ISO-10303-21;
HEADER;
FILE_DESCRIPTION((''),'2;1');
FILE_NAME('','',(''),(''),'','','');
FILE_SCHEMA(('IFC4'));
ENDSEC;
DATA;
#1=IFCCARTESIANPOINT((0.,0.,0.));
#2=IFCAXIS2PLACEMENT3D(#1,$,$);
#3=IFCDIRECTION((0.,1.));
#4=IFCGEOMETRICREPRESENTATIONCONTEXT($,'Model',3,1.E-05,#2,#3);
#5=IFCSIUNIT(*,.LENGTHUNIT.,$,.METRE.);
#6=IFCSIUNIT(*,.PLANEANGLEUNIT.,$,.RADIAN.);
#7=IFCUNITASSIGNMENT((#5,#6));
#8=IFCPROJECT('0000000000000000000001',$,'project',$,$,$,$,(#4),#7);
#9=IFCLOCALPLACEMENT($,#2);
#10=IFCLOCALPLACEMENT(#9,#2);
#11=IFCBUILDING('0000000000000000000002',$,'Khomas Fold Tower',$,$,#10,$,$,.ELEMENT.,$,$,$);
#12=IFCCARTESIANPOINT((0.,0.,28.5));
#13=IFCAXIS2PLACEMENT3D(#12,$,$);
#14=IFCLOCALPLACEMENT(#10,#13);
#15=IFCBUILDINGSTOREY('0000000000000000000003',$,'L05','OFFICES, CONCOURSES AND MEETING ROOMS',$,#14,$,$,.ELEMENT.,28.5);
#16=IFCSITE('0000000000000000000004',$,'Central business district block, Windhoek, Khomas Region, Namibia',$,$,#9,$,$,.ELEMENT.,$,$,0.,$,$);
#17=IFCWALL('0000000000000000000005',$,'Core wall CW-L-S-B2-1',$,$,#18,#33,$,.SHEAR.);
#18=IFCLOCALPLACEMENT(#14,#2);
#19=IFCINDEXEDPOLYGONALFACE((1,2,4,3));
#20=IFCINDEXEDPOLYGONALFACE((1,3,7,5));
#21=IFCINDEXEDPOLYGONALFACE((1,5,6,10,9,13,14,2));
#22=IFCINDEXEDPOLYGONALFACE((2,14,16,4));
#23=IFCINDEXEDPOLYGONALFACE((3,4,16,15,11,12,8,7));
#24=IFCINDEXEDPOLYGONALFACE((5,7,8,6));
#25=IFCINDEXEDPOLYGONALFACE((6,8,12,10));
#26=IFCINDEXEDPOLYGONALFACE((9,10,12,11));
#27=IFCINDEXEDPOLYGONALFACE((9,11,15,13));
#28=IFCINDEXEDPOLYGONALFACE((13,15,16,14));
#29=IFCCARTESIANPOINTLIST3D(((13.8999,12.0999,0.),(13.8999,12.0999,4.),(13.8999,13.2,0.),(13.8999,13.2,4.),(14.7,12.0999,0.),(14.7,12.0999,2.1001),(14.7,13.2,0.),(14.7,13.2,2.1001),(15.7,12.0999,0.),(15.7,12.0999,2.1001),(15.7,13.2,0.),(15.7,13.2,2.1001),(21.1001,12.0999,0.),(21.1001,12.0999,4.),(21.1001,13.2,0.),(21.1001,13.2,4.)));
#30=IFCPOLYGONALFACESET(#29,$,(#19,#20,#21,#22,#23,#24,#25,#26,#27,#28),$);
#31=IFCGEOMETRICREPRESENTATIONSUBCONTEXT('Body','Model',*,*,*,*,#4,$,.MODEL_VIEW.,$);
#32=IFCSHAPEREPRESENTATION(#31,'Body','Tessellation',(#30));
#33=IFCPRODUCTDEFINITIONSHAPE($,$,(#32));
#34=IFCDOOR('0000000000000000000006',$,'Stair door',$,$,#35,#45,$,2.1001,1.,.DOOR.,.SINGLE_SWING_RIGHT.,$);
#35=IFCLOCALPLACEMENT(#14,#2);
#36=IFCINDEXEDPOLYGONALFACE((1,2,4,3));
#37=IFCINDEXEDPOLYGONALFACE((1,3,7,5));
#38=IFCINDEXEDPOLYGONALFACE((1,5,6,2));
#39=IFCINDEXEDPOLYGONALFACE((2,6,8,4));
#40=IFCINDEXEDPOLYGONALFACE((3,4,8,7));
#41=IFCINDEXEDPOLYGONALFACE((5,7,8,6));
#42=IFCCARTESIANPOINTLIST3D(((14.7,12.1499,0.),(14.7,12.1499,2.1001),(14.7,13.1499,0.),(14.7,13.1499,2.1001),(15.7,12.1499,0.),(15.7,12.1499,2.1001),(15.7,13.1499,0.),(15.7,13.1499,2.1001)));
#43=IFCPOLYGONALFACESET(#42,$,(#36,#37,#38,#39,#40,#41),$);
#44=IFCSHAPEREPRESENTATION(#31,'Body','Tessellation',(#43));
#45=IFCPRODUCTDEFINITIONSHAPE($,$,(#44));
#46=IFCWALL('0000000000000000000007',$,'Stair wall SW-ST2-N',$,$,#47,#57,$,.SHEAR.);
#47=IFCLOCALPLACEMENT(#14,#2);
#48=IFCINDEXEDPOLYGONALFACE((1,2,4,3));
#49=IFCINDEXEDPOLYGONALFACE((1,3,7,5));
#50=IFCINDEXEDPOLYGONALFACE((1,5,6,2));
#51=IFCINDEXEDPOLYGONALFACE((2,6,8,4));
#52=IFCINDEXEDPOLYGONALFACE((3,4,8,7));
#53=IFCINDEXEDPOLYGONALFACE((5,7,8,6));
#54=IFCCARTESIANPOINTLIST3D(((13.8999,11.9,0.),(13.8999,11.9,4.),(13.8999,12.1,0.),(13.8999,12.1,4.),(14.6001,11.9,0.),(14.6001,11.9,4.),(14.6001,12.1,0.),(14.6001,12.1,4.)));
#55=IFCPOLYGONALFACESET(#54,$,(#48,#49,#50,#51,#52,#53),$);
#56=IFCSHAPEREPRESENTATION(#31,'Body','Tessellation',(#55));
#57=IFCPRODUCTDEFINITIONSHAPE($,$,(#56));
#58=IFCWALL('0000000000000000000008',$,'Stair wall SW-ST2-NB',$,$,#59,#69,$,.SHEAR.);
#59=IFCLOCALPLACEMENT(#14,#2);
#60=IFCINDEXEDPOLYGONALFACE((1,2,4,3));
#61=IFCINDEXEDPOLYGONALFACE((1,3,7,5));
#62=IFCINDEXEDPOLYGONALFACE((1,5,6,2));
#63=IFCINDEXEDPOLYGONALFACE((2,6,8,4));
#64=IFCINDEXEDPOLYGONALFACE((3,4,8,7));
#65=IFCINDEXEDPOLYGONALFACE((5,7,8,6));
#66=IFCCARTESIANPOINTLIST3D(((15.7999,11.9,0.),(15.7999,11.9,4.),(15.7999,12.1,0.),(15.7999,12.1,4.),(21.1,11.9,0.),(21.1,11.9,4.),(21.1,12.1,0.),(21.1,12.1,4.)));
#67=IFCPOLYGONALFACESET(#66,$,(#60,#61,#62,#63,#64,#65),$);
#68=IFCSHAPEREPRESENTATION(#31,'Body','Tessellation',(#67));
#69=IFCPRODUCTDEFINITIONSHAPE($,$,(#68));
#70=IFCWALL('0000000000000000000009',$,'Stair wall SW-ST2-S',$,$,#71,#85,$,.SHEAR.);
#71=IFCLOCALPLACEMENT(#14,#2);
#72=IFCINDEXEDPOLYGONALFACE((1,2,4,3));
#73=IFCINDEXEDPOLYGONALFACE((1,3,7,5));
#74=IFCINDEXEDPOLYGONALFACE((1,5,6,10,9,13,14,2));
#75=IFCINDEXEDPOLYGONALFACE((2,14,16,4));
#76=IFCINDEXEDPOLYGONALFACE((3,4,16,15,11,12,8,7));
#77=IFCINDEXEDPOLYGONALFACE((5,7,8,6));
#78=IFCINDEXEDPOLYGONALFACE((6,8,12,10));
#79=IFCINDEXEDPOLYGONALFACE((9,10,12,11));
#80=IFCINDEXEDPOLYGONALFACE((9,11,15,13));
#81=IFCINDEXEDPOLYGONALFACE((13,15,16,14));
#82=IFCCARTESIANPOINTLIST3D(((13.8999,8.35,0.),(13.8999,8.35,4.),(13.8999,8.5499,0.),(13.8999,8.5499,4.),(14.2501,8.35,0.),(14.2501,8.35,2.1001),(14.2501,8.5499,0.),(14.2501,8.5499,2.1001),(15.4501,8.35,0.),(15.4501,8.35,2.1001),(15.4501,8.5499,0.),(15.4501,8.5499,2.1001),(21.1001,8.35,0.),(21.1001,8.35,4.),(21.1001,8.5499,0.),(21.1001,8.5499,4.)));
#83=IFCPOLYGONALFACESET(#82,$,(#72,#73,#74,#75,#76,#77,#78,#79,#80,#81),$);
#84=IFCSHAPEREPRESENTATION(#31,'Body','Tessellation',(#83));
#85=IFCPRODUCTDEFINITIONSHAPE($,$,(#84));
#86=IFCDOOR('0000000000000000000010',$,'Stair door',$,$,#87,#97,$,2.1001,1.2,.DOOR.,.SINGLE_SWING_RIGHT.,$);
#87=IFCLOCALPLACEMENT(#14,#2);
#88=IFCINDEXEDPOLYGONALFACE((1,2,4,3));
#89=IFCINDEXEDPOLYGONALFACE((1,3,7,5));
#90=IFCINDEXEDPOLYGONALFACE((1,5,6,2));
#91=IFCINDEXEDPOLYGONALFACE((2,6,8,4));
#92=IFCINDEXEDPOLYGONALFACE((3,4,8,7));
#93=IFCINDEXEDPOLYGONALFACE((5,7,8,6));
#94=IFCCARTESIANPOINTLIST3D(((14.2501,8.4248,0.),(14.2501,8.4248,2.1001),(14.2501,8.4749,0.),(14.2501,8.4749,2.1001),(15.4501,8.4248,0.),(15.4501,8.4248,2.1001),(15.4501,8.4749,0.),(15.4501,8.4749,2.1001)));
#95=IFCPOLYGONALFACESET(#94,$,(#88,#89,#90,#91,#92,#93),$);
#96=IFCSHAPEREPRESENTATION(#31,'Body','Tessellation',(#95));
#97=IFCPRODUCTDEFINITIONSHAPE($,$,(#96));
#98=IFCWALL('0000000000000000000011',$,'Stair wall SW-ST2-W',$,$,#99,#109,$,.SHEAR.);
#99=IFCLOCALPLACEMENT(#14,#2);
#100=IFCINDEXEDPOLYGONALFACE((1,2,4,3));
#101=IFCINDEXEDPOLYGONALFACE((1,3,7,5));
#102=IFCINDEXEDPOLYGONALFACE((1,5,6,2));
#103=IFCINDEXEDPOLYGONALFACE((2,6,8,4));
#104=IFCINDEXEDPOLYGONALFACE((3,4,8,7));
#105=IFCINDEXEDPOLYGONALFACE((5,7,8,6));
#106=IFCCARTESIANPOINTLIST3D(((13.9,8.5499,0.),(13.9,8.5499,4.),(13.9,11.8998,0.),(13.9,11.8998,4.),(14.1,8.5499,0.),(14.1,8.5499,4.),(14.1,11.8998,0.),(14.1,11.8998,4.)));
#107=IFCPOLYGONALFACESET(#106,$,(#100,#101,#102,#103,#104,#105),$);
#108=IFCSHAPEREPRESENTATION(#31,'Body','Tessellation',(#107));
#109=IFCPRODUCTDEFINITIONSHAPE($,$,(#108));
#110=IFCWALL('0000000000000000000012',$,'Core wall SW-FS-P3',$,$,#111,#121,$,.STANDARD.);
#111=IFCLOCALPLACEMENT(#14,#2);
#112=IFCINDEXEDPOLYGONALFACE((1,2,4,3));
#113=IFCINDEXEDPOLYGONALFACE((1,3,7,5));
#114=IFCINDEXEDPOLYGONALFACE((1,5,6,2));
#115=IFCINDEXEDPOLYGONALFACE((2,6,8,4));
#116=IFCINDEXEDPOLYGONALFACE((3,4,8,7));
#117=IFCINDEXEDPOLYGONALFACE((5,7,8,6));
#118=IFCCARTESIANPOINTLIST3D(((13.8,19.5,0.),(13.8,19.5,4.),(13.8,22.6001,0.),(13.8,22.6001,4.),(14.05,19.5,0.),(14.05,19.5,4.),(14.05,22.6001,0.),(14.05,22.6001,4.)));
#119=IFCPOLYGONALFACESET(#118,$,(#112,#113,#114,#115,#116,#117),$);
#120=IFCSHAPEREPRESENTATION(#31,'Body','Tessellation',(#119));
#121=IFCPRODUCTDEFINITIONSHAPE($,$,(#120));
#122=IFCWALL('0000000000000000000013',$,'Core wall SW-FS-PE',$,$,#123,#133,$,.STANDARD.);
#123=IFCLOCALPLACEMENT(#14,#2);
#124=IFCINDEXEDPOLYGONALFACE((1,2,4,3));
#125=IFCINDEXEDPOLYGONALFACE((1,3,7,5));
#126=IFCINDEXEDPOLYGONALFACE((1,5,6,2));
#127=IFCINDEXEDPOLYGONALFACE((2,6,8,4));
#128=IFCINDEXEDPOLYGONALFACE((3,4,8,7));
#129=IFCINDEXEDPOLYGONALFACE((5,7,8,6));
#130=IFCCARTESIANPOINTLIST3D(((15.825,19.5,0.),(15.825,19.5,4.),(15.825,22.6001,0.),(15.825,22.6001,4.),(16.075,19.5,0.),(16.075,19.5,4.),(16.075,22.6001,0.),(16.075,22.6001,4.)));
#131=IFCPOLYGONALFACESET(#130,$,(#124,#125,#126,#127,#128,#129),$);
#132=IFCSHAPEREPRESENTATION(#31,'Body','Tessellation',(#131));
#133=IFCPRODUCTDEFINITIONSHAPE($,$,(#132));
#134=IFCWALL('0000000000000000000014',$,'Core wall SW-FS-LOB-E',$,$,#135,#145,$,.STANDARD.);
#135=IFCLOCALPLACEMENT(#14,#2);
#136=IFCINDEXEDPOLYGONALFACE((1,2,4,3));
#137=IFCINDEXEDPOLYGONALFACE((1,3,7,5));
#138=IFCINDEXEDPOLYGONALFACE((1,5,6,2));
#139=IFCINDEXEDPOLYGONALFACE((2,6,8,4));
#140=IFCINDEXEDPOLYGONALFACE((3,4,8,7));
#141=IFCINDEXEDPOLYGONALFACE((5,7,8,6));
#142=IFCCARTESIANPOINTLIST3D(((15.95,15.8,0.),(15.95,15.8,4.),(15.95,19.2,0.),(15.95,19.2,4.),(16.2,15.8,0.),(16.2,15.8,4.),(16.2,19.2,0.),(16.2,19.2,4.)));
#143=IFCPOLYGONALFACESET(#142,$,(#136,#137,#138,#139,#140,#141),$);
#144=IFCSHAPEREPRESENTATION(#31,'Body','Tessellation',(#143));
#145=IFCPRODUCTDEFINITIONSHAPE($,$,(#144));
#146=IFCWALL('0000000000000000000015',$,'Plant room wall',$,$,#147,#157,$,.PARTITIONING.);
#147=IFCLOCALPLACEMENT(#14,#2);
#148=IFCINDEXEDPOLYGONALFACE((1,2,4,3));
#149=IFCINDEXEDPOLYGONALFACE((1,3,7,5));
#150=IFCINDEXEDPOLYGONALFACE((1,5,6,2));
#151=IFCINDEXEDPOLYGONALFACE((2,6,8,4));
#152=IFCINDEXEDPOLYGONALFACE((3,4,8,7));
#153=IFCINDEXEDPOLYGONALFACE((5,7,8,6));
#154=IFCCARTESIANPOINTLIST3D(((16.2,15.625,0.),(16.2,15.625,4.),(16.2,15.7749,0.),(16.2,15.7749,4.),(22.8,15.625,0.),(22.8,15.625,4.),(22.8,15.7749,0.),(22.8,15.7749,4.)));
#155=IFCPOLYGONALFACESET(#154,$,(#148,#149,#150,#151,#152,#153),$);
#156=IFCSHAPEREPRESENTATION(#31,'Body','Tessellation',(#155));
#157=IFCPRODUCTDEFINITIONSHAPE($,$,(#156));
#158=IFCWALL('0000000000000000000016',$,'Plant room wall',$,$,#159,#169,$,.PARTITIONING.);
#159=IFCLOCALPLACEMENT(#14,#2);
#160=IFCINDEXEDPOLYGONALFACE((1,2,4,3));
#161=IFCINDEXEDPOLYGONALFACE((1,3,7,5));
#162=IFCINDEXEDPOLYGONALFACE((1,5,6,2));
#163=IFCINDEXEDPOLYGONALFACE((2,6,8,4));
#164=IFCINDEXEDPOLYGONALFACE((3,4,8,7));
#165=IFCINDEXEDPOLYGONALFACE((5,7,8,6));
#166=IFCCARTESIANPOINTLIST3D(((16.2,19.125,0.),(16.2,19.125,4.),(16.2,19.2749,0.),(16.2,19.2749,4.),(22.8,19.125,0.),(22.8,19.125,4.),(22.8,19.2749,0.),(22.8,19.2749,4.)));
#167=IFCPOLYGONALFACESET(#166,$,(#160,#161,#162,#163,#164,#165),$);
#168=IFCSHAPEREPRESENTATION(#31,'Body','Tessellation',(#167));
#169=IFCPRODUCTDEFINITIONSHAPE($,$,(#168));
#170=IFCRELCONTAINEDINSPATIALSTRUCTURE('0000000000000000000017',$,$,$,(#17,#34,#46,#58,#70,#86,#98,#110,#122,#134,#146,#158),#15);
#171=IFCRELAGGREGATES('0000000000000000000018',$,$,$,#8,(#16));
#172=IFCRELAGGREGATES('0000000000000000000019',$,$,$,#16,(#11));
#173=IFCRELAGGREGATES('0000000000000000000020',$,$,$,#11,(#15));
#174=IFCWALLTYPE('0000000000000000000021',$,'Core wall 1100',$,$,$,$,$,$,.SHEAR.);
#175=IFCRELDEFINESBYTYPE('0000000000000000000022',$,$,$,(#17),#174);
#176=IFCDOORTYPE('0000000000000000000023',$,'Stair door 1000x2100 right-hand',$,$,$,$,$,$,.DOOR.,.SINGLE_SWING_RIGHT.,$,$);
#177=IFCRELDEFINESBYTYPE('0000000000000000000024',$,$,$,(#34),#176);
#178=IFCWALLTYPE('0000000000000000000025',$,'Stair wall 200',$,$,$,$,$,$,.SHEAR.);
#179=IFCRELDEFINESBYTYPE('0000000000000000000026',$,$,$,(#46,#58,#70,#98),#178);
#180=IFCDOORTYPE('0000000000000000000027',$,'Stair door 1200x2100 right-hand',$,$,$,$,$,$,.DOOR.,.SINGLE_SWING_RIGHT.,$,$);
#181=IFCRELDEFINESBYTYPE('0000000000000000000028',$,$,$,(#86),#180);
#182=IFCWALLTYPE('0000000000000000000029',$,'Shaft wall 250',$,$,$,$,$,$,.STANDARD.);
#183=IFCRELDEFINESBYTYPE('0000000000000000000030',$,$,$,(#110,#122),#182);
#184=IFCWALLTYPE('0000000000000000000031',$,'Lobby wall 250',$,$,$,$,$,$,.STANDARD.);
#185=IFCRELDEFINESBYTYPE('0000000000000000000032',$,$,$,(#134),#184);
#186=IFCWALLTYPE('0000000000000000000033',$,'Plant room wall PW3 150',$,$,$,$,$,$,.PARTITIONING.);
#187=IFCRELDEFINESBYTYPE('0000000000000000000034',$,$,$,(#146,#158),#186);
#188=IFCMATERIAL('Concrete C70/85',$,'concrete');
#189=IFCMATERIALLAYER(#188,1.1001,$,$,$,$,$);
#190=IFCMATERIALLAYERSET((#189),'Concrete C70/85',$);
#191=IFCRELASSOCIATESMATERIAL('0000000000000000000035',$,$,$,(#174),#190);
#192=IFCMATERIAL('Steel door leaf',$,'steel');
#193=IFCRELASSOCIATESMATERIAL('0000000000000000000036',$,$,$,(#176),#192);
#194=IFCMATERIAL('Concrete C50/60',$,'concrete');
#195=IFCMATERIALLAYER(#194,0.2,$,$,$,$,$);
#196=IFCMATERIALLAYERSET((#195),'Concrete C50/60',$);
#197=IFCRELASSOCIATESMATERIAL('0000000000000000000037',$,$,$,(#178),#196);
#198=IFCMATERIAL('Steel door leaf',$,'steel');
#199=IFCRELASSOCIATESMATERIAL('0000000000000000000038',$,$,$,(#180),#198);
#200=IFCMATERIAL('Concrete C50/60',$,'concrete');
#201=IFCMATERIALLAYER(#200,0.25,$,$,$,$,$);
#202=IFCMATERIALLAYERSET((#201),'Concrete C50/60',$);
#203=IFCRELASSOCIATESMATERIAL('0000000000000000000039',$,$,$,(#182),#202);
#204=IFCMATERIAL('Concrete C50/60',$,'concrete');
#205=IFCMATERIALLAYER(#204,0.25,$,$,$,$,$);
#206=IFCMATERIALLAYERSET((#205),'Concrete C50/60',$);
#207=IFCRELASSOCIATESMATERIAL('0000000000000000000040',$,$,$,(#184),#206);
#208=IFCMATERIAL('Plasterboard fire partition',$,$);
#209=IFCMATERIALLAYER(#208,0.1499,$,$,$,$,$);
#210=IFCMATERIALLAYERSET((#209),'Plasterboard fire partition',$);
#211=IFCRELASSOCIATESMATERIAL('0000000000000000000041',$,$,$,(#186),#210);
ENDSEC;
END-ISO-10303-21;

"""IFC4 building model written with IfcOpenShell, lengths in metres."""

from ifc_helpers import new_model, si_unit, direction, frame, frame_2d, origin, place, context, subcontext, project, spatial, rectangle, extrude, source, transform, mapped, material, layer, layer_set, type_object, element, fill, save


model = new_model("IFC4")

# Units and contexts
model_context = context("Model", 3, precision=1e-05, world=origin(), true_north=direction((0.0, 1.0)))
body_context = subcontext(model_context, "Body", "Model", "MODEL_VIEW")
ifc_project = project(units=[si_unit("LENGTHUNIT", "METRE"), si_unit("PLANEANGLEUNIT", "RADIAN")], contexts=[model_context])

# Site, building, storey
site_placement = place(None, origin())
site = spatial("IfcSite", under=ifc_project, at=site_placement, Name="Central business district block, Windhoek, Khomas Region, Namibia", CompositionType="ELEMENT", RefElevation=0.0)
building_placement = place(site_placement, origin())
building = spatial("IfcBuilding", under=site, at=building_placement, Name="Khomas Fold Tower", CompositionType="ELEMENT")
storey_placement = place(building_placement, frame((0.0, 0.0, 28.5)))
storey = spatial("IfcBuildingStorey", under=building, at=storey_placement, Name="L05", Description="OFFICES, CONCOURSES AND MEETING ROOMS", CompositionType="ELEMENT", Elevation=28.5)

# Wall, opening, door
ifc_material_1 = material(Name="Concrete C70/85", Category="concrete")
ifc_layer_1 = layer(ifc_material_1, 1.1001)
ifc_layer_set_1 = layer_set([ifc_layer_1], Name="Concrete C70/85")
wall_type_1 = type_object("IfcWallType", Name="Core wall 1100", PredefinedType="SHEAR", material=ifc_layer_set_1)
shared_shape_1 = source(origin(), body_context, "Body", "SweptSolid", [
    extrude(rectangle(XDim=7.2002, YDim=1.1001, at=frame_2d((3.6001, 0.0))), origin(), (0.0, 0.0, 1.0), 4.0),
])
wall_1_placement = place(storey_placement, frame((13.8999, 12.6499, 0.0), z_axis=(0.0, 0.0, 1.0), x_axis=(1.0, 0.0, 0.0)))
wall_1 = element("IfcWall", 1, at=wall_1_placement, inside=storey, type_object=wall_type_1, Name="Core wall CW-L-S-B2-1", PredefinedType="SHEAR", context=body_context, shape_type="MappedRepresentation", body=[
    mapped(shared_shape_1, transform((0.0, 0.0, 0.0))),
])
shared_shape_2 = source(origin(), body_context, "Body", "SweptSolid", [
    extrude(rectangle(XDim=1.0, YDim=2.1001, at=frame_2d((0.5, 1.05))), frame((0.0, 0.5601, 0.0), z_axis=(0.0, -1.0, 0.0), x_axis=(1.0, 0.0, 0.0)), (0.0, 0.0, 1.0), 1.1201),
])
opening_1_placement = place(wall_1_placement, frame((0.8, 0.0, 0.0)))
opening_1 = element("IfcOpeningElement", 2, at=opening_1_placement, cuts=wall_1, PredefinedType="OPENING", context=body_context, shape_type="MappedRepresentation", body=[
    mapped(shared_shape_2, transform((0.0, 0.0, 0.0))),
])
ifc_material_2 = material(Name="Steel door leaf", Category="steel")
door_type_1 = type_object("IfcDoorType", Name="Stair door 1000x2100 right-hand", OperationType="SINGLE_SWING_RIGHT", PredefinedType="DOOR", material=ifc_material_2)
shared_shape_3 = source(origin(), body_context, "Body", "SweptSolid", [
    extrude(rectangle(XDim=1.0, YDim=2.1001, at=frame_2d((0.5, 1.05))), frame((0.0, 0.5, 0.0), z_axis=(0.0, -1.0, 0.0), x_axis=(1.0, 0.0, 0.0)), (0.0, 0.0, 1.0), 1.0),
])
door_1_placement = place(opening_1_placement, origin())
door_1 = element("IfcDoor", 3, at=door_1_placement, inside=storey, type_object=door_type_1, Name="Stair door", OperationType="SINGLE_SWING_RIGHT", OverallHeight=2.1001, OverallWidth=1.0, PredefinedType="DOOR", context=body_context, shape_type="MappedRepresentation", body=[
    mapped(shared_shape_3, transform((0.0, 0.0, 0.0))),
])
fill(opening_1, door_1)

# Walls
ifc_material_3 = material(Name="Concrete C50/60", Category="concrete")
ifc_layer_2 = layer(ifc_material_3, 0.2)
ifc_layer_set_2 = layer_set([ifc_layer_2], Name="Concrete C50/60")
wall_type_2 = type_object("IfcWallType", Name="Stair wall 200", PredefinedType="SHEAR", material=ifc_layer_set_2)
shared_shape_4 = source(origin(), body_context, "Body", "SweptSolid", [
    extrude(rectangle(XDim=0.7002, YDim=0.2, at=frame_2d((0.3501, 0.0))), origin(), (0.0, 0.0, 1.0), 4.0),
])
wall_2_placement = place(storey_placement, frame((13.8999, 12.0, 0.0), z_axis=(0.0, 0.0, 1.0), x_axis=(1.0, 0.0, 0.0)))
element("IfcWall", 4, at=wall_2_placement, inside=storey, type_object=wall_type_2, Name="Stair wall SW-ST2-N", PredefinedType="SHEAR", context=body_context, shape_type="MappedRepresentation", body=[
    mapped(shared_shape_4, transform((0.0, 0.0, 0.0))),
])
shared_shape_5 = source(origin(), body_context, "Body", "SweptSolid", [
    extrude(rectangle(XDim=5.3, YDim=0.2, at=frame_2d((2.6499, 0.0))), origin(), (0.0, 0.0, 1.0), 4.0),
])
wall_3_placement = place(storey_placement, frame((15.8, 12.0, 0.0), z_axis=(0.0, 0.0, 1.0), x_axis=(1.0, 0.0, 0.0)))
element("IfcWall", 5, at=wall_3_placement, inside=storey, type_object=wall_type_2, Name="Stair wall SW-ST2-NB", PredefinedType="SHEAR", context=body_context, shape_type="MappedRepresentation", body=[
    mapped(shared_shape_5, transform((0.0, 0.0, 0.0))),
])

# Wall, opening, door
shared_shape_6 = source(origin(), body_context, "Body", "SweptSolid", [
    extrude(rectangle(XDim=7.2002, YDim=0.2, at=frame_2d((3.6001, 0.0))), origin(), (0.0, 0.0, 1.0), 4.0),
])
wall_4_placement = place(storey_placement, frame((13.8999, 8.45, 0.0), z_axis=(0.0, 0.0, 1.0), x_axis=(1.0, 0.0, 0.0)))
wall_4 = element("IfcWall", 6, at=wall_4_placement, inside=storey, type_object=wall_type_2, Name="Stair wall SW-ST2-S", PredefinedType="SHEAR", context=body_context, shape_type="MappedRepresentation", body=[
    mapped(shared_shape_6, transform((0.0, 0.0, 0.0))),
])
shared_shape_7 = source(origin(), body_context, "Body", "SweptSolid", [
    extrude(rectangle(XDim=1.2, YDim=2.1001, at=frame_2d((0.6001, 1.05))), frame((0.0, 0.1099, 0.0), z_axis=(0.0, -1.0, 0.0), x_axis=(1.0, 0.0, 0.0)), (0.0, 0.0, 1.0), 0.22),
])
opening_2_placement = place(wall_4_placement, frame((0.3501, 0.0, 0.0)))
opening_2 = element("IfcOpeningElement", 7, at=opening_2_placement, cuts=wall_4, PredefinedType="OPENING", context=body_context, shape_type="MappedRepresentation", body=[
    mapped(shared_shape_7, transform((0.0, 0.0, 0.0))),
])
ifc_material_4 = material(Name="Steel door leaf", Category="steel")
door_type_2 = type_object("IfcDoorType", Name="Stair door 1200x2100 right-hand", OperationType="SINGLE_SWING_RIGHT", PredefinedType="DOOR", material=ifc_material_4)
shared_shape_8 = source(origin(), body_context, "Body", "SweptSolid", [
    extrude(rectangle(XDim=1.2, YDim=2.1001, at=frame_2d((0.6001, 1.05))), frame((0.0, 0.0249, 0.0), z_axis=(0.0, -1.0, 0.0), x_axis=(1.0, 0.0, 0.0)), (0.0, 0.0, 1.0), 0.05),
])
door_2_placement = place(opening_2_placement, origin())
door_2 = element("IfcDoor", 8, at=door_2_placement, inside=storey, type_object=door_type_2, Name="Stair door", OperationType="SINGLE_SWING_RIGHT", OverallHeight=2.1001, OverallWidth=1.2, PredefinedType="DOOR", context=body_context, shape_type="MappedRepresentation", body=[
    mapped(shared_shape_8, transform((0.0, 0.0, 0.0))),
])
fill(opening_2, door_2)

# Walls
shared_shape_9 = source(origin(), body_context, "Body", "SweptSolid", [
    extrude(rectangle(XDim=3.3499, YDim=0.2, at=frame_2d((1.6748, 0.0))), origin(), (0.0, 0.0, 1.0), 4.0),
])
wall_5_placement = place(storey_placement, frame((14.0, 8.55, 0.0), z_axis=(0.0, 0.0, 1.0), x_axis=(0.0, 1.0, 0.0)))
element("IfcWall", 9, at=wall_5_placement, inside=storey, type_object=wall_type_2, Name="Stair wall SW-ST2-W", PredefinedType="SHEAR", context=body_context, shape_type="MappedRepresentation", body=[
    mapped(shared_shape_9, transform((0.0, 0.0, 0.0))),
])
ifc_material_5 = material(Name="Concrete C50/60", Category="concrete")
ifc_layer_3 = layer(ifc_material_5, 0.25)
ifc_layer_set_3 = layer_set([ifc_layer_3], Name="Concrete C50/60")
wall_type_3 = type_object("IfcWallType", Name="Shaft wall 250", PredefinedType="STANDARD", material=ifc_layer_set_3)
shared_shape_10 = source(origin(), body_context, "Body", "SweptSolid", [
    extrude(rectangle(XDim=3.1001, YDim=0.25, at=frame_2d((1.55, 0.0))), origin(), (0.0, 0.0, 1.0), 4.0),
])
for number, where, z_axis, x_axis, name in (
    (10, (13.925, 19.5, 0.0), (0.0, 0.0, 1.0), (0.0, 1.0, 0.0), "Core wall SW-FS-P3"),
    (11, (15.95, 19.5, 0.0), (0.0, 0.0, 1.0), (0.0, 1.0, 0.0), "Core wall SW-FS-PE"),
):
    element("IfcWall", number, at=place(storey_placement, frame(where, z_axis=z_axis, x_axis=x_axis)), inside=storey, type_object=wall_type_3, Name=name, PredefinedType="STANDARD", context=body_context, shape_type="MappedRepresentation", body=[
        mapped(shared_shape_10, transform((0.0, 0.0, 0.0))),
    ])
ifc_material_6 = material(Name="Concrete C50/60", Category="concrete")
ifc_layer_4 = layer(ifc_material_6, 0.25)
ifc_layer_set_4 = layer_set([ifc_layer_4], Name="Concrete C50/60")
wall_type_4 = type_object("IfcWallType", Name="Lobby wall 250", PredefinedType="STANDARD", material=ifc_layer_set_4)
shared_shape_11 = source(origin(), body_context, "Body", "SweptSolid", [
    extrude(rectangle(XDim=3.3999, YDim=0.25, at=frame_2d((1.7, 0.0))), origin(), (0.0, 0.0, 1.0), 4.0),
])
wall_6_placement = place(storey_placement, frame((16.075, 15.8, 0.0), z_axis=(0.0, 0.0, 1.0), x_axis=(0.0, 1.0, 0.0)))
element("IfcWall", 12, at=wall_6_placement, inside=storey, type_object=wall_type_4, Name="Core wall SW-FS-LOB-E", PredefinedType="STANDARD", context=body_context, shape_type="MappedRepresentation", body=[
    mapped(shared_shape_11, transform((0.0, 0.0, 0.0))),
])
ifc_material_7 = material(Name="Plasterboard fire partition")
ifc_layer_5 = layer(ifc_material_7, 0.1499)
ifc_layer_set_5 = layer_set([ifc_layer_5], Name="Plasterboard fire partition")
wall_type_5 = type_object("IfcWallType", Name="Plant room wall PW3 150", PredefinedType="PARTITIONING", material=ifc_layer_set_5)
shared_shape_12 = source(origin(), body_context, "Body", "SweptSolid", [
    extrude(rectangle(XDim=6.6001, YDim=0.1499, at=frame_2d((3.3, 0.0))), origin(), (0.0, 0.0, 1.0), 4.0),
])
for number, where, z_axis, x_axis, name in (
    (13, (16.2, 15.7, 0.0), (0.0, 0.0, 1.0), (1.0, 0.0, 0.0), "Plant room wall"),
    (14, (16.2, 19.2, 0.0), (0.0, 0.0, 1.0), (1.0, 0.0, 0.0), "Plant room wall"),
):
    element("IfcWall", number, at=place(storey_placement, frame(where, z_axis=z_axis, x_axis=x_axis)), inside=storey, type_object=wall_type_5, Name=name, PredefinedType="PARTITIONING", context=body_context, shape_type="MappedRepresentation", body=[
        mapped(shared_shape_12, transform((0.0, 0.0, 0.0))),
    ])

save(model, "model.ifc")
